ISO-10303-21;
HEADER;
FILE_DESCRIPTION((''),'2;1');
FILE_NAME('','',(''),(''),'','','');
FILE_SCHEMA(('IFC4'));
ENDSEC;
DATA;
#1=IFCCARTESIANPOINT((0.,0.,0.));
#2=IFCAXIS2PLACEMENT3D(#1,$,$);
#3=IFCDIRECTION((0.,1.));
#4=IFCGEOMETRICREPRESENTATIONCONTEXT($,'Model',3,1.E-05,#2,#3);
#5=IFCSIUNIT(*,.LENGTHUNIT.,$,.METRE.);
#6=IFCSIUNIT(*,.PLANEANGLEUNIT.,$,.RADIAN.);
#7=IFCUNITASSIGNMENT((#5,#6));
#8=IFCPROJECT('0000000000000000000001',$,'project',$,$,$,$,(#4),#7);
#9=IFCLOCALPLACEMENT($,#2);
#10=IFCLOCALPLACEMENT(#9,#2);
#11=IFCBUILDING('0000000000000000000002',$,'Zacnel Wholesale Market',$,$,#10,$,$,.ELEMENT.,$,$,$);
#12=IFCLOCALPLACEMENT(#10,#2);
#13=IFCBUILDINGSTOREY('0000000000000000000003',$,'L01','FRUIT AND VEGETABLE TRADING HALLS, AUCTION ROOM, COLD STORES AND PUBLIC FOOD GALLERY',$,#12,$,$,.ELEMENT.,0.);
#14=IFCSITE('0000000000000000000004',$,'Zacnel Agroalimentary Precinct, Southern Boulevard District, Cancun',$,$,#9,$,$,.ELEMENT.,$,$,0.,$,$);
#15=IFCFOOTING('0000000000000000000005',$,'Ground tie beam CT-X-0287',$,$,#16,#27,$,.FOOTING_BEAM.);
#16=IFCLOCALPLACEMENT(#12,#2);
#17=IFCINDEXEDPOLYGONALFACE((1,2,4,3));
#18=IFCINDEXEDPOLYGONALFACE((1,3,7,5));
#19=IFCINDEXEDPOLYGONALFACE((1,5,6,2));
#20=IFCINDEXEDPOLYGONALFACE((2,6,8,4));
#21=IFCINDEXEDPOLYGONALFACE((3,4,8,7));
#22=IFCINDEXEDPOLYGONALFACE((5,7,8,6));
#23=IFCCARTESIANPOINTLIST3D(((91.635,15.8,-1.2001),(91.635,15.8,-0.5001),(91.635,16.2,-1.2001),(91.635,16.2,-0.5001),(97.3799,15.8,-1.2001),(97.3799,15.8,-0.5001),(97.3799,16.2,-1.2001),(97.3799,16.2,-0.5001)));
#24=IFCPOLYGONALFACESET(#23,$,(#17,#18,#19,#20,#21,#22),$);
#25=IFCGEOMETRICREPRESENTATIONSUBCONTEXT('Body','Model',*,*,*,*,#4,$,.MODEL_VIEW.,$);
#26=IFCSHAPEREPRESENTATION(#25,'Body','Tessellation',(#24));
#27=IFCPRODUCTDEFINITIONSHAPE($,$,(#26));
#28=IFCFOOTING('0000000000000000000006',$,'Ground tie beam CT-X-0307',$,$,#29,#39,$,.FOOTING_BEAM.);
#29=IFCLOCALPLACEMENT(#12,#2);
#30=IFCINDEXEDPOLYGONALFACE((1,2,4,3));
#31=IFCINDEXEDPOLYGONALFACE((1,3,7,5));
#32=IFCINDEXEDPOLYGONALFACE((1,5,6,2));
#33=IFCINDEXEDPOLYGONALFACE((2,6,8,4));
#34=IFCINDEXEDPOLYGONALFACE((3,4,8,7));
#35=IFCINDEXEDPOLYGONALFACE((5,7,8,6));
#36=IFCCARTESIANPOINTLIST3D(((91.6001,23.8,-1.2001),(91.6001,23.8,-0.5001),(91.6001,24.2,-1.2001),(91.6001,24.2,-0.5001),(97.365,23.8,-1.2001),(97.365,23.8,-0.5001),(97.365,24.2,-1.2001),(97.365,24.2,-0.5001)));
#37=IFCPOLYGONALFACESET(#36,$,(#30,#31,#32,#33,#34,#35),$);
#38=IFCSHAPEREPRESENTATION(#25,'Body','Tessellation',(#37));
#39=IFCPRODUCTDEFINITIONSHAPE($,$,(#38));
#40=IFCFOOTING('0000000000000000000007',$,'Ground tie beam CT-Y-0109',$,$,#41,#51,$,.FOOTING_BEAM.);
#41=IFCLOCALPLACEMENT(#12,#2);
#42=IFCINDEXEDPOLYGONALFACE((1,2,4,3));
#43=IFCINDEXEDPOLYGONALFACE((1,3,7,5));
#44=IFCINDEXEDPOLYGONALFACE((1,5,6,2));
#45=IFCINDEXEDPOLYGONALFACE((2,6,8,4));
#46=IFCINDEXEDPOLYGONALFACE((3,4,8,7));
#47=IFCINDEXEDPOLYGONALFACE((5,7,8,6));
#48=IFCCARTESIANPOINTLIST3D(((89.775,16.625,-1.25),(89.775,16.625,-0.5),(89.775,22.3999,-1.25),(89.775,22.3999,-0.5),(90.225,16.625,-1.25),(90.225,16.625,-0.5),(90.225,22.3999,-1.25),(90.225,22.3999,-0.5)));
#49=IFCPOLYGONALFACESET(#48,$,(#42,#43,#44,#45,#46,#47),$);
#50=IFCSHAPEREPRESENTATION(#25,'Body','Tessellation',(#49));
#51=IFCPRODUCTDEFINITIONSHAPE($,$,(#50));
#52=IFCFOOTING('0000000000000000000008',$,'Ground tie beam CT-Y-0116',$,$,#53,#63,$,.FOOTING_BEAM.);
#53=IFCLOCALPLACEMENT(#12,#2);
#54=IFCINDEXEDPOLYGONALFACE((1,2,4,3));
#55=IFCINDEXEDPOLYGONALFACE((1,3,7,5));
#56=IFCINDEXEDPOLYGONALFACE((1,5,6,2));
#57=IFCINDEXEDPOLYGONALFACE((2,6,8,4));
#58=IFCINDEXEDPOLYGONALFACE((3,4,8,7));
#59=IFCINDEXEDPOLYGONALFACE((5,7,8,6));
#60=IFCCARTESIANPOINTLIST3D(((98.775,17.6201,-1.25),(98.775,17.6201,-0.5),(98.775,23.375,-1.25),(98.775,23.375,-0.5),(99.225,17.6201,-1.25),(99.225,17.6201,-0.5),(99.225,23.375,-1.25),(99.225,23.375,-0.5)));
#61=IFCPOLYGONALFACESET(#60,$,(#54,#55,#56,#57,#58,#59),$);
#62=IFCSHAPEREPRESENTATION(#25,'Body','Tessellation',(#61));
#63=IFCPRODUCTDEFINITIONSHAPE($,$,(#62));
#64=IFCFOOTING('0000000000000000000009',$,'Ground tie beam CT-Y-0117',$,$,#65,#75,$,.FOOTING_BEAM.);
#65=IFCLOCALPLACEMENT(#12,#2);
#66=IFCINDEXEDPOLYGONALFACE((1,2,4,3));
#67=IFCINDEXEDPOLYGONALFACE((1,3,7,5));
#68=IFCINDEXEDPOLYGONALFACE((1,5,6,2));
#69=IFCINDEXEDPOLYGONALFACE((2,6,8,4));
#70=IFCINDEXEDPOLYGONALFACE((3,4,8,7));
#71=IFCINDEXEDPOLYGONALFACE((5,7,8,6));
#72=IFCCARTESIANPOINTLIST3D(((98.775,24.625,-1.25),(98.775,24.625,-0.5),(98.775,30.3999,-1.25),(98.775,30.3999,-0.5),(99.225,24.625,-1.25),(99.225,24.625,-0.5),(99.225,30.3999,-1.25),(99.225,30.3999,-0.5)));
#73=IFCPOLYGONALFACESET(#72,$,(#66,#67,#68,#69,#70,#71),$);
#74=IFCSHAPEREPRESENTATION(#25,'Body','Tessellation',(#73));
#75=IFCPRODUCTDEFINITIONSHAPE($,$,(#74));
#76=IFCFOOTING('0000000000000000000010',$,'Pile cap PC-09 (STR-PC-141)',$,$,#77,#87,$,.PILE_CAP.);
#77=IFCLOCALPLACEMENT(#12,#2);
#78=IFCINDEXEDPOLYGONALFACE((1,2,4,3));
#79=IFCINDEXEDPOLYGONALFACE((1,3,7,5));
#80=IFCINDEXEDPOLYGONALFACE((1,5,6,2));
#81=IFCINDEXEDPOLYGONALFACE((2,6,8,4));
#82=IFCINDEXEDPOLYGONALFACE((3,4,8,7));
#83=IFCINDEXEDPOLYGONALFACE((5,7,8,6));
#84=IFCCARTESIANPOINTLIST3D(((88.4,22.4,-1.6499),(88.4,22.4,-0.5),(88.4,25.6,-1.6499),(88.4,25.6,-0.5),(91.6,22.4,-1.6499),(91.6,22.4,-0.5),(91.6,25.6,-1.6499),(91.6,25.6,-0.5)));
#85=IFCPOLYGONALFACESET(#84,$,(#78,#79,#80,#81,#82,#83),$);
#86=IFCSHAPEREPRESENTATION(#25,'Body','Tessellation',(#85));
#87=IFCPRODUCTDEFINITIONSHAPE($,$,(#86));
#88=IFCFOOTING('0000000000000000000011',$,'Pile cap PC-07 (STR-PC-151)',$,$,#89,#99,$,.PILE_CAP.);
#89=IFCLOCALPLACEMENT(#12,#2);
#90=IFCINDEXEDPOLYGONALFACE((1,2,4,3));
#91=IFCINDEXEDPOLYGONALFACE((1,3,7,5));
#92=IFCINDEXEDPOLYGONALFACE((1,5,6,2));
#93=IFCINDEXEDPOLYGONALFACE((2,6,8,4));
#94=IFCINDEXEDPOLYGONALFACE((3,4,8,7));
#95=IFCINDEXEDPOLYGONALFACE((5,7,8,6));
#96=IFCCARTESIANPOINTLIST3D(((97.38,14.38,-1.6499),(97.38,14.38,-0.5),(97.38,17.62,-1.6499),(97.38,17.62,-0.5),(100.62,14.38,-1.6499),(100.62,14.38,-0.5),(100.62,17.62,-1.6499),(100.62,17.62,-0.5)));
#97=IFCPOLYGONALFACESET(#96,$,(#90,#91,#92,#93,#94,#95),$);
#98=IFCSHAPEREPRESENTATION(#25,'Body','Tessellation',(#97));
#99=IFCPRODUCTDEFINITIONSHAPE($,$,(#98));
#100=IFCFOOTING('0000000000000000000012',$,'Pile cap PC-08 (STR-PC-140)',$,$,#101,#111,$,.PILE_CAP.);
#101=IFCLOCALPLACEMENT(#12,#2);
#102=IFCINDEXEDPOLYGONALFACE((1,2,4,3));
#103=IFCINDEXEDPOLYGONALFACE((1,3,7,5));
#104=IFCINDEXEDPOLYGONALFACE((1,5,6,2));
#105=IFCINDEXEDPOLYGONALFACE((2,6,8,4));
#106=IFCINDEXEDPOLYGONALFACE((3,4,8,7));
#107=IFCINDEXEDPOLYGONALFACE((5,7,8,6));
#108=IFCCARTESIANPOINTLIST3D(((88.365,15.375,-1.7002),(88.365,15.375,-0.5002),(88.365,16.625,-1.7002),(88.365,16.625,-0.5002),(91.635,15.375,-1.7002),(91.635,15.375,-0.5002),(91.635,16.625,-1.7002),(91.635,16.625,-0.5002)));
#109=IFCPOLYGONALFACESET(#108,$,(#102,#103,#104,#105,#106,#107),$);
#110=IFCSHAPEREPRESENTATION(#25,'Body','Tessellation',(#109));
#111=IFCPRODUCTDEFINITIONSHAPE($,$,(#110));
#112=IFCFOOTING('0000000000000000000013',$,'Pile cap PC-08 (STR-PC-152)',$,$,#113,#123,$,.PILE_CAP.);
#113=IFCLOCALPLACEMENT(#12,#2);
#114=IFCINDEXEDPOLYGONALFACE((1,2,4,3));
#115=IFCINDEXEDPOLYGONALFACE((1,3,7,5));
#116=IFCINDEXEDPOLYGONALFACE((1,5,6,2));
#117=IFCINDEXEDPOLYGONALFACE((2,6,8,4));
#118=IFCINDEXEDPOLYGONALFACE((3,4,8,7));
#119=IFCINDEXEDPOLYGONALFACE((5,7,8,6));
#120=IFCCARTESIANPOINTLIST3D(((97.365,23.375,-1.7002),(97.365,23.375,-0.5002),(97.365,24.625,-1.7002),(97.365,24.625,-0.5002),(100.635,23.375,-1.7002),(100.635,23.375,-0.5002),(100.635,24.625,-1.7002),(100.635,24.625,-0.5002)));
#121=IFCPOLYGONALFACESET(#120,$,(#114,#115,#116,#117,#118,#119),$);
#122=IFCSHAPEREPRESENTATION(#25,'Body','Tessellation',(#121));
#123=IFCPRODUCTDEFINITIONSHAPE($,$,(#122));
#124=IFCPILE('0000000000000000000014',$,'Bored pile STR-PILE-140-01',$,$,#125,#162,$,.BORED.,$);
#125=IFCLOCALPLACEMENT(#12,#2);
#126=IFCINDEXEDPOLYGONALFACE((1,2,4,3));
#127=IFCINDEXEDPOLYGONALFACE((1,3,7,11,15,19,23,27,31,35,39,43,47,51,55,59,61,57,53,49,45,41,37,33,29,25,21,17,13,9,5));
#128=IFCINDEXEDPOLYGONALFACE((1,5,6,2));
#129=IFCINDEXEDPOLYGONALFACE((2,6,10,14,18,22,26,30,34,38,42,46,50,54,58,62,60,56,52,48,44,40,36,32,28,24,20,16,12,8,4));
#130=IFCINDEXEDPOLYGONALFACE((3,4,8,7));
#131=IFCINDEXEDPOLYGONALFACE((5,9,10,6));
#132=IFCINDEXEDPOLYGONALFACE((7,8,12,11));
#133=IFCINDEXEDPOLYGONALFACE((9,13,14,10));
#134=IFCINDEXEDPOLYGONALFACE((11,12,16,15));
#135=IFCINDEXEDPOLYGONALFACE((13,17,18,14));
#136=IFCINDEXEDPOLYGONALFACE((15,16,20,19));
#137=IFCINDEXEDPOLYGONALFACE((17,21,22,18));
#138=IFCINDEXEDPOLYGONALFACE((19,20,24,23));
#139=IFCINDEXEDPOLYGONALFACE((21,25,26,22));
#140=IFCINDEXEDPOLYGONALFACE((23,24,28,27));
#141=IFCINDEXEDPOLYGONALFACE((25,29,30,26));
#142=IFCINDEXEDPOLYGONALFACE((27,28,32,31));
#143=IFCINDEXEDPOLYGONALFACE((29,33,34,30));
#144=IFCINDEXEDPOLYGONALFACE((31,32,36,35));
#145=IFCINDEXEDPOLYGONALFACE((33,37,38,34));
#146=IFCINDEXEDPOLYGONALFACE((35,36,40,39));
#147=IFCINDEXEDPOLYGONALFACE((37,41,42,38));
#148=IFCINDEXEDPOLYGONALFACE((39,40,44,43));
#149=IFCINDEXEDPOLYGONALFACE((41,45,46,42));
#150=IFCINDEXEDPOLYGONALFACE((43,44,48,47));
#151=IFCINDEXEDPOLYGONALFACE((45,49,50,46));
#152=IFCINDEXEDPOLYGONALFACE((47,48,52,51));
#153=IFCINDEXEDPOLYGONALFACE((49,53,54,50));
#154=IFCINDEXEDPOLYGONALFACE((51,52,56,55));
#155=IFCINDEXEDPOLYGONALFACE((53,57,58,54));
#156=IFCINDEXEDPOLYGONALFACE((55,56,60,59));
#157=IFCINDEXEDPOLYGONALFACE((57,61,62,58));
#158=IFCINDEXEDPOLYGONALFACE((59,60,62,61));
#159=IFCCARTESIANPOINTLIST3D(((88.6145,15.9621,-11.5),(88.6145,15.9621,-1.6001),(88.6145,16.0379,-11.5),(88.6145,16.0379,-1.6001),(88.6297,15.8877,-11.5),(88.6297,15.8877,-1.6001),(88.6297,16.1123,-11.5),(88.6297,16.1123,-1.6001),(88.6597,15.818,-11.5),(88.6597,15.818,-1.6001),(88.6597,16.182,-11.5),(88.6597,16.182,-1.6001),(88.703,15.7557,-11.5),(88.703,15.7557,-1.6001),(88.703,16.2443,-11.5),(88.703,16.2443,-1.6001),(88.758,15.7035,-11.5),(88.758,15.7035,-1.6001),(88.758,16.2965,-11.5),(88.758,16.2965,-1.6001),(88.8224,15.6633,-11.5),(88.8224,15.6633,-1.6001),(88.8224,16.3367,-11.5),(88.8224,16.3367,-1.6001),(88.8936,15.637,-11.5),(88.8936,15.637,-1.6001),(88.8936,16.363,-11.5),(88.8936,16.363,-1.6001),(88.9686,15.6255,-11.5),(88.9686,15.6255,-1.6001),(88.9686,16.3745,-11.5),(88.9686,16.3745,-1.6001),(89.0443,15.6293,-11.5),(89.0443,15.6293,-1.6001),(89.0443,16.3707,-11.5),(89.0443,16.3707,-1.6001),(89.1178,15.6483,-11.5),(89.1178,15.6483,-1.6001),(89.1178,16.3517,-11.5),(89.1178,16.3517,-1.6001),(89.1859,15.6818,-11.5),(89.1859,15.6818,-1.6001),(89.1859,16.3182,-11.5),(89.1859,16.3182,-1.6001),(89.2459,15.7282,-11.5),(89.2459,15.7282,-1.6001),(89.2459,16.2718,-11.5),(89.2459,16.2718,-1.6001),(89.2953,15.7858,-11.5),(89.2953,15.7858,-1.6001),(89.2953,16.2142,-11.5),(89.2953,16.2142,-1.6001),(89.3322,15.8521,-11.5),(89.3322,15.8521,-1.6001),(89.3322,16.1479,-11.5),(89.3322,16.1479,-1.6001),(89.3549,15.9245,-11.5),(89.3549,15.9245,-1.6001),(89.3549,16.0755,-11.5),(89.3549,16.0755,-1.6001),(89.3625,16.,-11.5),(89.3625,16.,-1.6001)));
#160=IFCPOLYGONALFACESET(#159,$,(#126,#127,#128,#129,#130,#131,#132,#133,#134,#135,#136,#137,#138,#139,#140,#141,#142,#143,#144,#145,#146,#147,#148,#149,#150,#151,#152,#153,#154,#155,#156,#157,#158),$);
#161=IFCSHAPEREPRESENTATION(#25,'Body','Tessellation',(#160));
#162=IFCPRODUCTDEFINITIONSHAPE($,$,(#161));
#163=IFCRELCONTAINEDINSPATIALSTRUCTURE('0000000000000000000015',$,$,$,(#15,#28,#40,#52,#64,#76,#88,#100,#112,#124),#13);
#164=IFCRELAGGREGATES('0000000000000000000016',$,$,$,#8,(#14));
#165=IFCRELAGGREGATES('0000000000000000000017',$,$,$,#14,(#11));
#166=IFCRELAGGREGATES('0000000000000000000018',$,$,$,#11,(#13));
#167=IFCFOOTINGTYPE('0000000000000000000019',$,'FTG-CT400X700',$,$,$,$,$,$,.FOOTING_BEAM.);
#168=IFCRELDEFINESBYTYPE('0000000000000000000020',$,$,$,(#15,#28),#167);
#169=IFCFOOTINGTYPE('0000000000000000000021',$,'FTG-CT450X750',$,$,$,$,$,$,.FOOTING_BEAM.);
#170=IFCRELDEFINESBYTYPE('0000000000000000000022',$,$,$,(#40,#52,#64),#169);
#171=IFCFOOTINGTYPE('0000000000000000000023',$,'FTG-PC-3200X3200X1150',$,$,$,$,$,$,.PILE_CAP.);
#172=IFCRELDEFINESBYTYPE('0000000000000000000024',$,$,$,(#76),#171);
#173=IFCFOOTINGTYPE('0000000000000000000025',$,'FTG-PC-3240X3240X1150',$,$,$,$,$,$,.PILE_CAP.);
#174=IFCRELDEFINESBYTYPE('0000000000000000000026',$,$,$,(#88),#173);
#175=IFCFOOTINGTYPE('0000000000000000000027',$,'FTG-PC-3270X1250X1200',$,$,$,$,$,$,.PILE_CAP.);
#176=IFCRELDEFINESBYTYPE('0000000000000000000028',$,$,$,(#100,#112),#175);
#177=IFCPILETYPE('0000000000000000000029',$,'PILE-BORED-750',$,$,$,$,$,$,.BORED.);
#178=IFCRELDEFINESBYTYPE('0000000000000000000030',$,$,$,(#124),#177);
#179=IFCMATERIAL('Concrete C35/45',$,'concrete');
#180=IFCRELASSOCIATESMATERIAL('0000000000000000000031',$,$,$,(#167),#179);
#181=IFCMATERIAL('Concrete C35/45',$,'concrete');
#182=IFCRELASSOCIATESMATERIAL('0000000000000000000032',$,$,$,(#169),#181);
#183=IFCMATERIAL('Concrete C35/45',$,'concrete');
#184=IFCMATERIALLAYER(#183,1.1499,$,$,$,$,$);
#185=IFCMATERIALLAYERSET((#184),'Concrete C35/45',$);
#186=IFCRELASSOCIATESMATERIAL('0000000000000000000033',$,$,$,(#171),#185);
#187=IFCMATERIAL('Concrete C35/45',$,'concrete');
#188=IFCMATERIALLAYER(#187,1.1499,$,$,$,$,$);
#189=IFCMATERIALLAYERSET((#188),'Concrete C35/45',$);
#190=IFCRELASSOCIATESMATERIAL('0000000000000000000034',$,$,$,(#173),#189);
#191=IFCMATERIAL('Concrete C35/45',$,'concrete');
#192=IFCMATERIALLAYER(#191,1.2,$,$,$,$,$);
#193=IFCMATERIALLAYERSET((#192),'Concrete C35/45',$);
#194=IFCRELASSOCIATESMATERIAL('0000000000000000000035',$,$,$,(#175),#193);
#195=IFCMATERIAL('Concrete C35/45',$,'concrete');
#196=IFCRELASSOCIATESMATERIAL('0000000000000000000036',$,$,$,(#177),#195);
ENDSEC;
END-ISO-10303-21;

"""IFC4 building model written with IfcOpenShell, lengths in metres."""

from ifc_helpers import new_model, si_unit, direction, frame, origin, origin_2d, place, context, subcontext, project, spatial, rectangle, circle, extrude, material, layer, layer_set, material_profile, profile_set, type_object, element, save


model = new_model("IFC4")

# Units and contexts
model_context = context("Model", 3, precision=1e-05, world=origin(), true_north=direction((0.0, 1.0)))
body_context = subcontext(model_context, "Body", "Model", "MODEL_VIEW")
ifc_project = project(units=[si_unit("LENGTHUNIT", "METRE"), si_unit("PLANEANGLEUNIT", "RADIAN")], contexts=[model_context])

# Site, building, storey
site_placement = place(None, origin())
site = spatial("IfcSite", under=ifc_project, at=site_placement, Name="Zacnel Agroalimentary Precinct, Southern Boulevard District, Cancun", CompositionType="ELEMENT", RefElevation=0.0)
building_placement = place(site_placement, origin())
building = spatial("IfcBuilding", under=site, at=building_placement, Name="Zacnel Wholesale Market", CompositionType="ELEMENT")
storey_placement = place(building_placement, origin())
storey = spatial("IfcBuildingStorey", under=building, at=storey_placement, Name="L01", Description="FRUIT AND VEGETABLE TRADING HALLS, AUCTION ROOM, COLD STORES AND PUBLIC FOOD GALLERY", CompositionType="ELEMENT", Elevation=0.0)

# Footings
ifc_material_1 = material(Name="Concrete C35/45", Category="concrete")
ifc_material_profile_1 = material_profile(ifc_material_1, rectangle(XDim=0.3999, YDim=0.7, at=origin_2d()), Name="CT 400x700")
ifc_profile_set_1 = profile_set([ifc_material_profile_1], Name="Concrete C35/45")
footing_type_1 = type_object("IfcFootingType", Name="FTG-CT400X700", PredefinedType="FOOTING_BEAM", material=ifc_profile_set_1)
footing_1_placement = place(storey_placement, frame((91.635, 16.0, -0.8501), z_axis=(1.0, 0.0, 0.0), x_axis=(0.0, 1.0, 0.0)))
element("IfcFooting", 1, at=footing_1_placement, inside=storey, type_object=footing_type_1, Name="Ground tie beam CT-X-0287", PredefinedType="FOOTING_BEAM", context=body_context, shape_type="SweptSolid", body=[
    extrude(rectangle(XDim=0.3999, YDim=0.7, at=origin_2d()), origin(), (0.0, 0.0, 1.0), 5.7449),
])
footing_2_placement = place(storey_placement, frame((91.6001, 24.0, -0.8501), z_axis=(1.0, 0.0, 0.0), x_axis=(0.0, 1.0, 0.0)))
element("IfcFooting", 2, at=footing_2_placement, inside=storey, type_object=footing_type_1, Name="Ground tie beam CT-X-0307", PredefinedType="FOOTING_BEAM", context=body_context, shape_type="SweptSolid", body=[
    extrude(rectangle(XDim=0.3999, YDim=0.7, at=origin_2d()), origin(), (0.0, 0.0, 1.0), 5.7649),
])
ifc_material_2 = material(Name="Concrete C35/45", Category="concrete")
ifc_material_profile_2 = material_profile(ifc_material_2, rectangle(XDim=0.45, YDim=0.75, at=origin_2d()), Name="CT 450x750")
ifc_profile_set_2 = profile_set([ifc_material_profile_2], Name="Concrete C35/45")
footing_type_2 = type_object("IfcFootingType", Name="FTG-CT450X750", PredefinedType="FOOTING_BEAM", material=ifc_profile_set_2)
footing_3_placement = place(storey_placement, frame((90.0, 16.625, -0.875), z_axis=(0.0, 1.0, 0.0), x_axis=(-1.0, 0.0, 0.0)))
element("IfcFooting", 3, at=footing_3_placement, inside=storey, type_object=footing_type_2, Name="Ground tie beam CT-Y-0109", PredefinedType="FOOTING_BEAM", context=body_context, shape_type="SweptSolid", body=[
    extrude(rectangle(XDim=0.45, YDim=0.75, at=origin_2d()), origin(), (0.0, 0.0, 1.0), 5.7749),
])
footing_4_placement = place(storey_placement, frame((99.0, 17.6201, -0.875), z_axis=(0.0, 1.0, 0.0), x_axis=(-1.0, 0.0, 0.0)))
element("IfcFooting", 4, at=footing_4_placement, inside=storey, type_object=footing_type_2, Name="Ground tie beam CT-Y-0116", PredefinedType="FOOTING_BEAM", context=body_context, shape_type="SweptSolid", body=[
    extrude(rectangle(XDim=0.45, YDim=0.75, at=origin_2d()), origin(), (0.0, 0.0, 1.0), 5.7549),
])
footing_5_placement = place(storey_placement, frame((99.0, 24.625, -0.875), z_axis=(0.0, 1.0, 0.0), x_axis=(-1.0, 0.0, 0.0)))
element("IfcFooting", 5, at=footing_5_placement, inside=storey, type_object=footing_type_2, Name="Ground tie beam CT-Y-0117", PredefinedType="FOOTING_BEAM", context=body_context, shape_type="SweptSolid", body=[
    extrude(rectangle(XDim=0.45, YDim=0.75, at=origin_2d()), origin(), (0.0, 0.0, 1.0), 5.7749),
])
ifc_material_3 = material(Name="Concrete C35/45", Category="concrete")
ifc_layer_1 = layer(ifc_material_3, 1.1499)
ifc_layer_set_1 = layer_set([ifc_layer_1], Name="Concrete C35/45")
footing_type_3 = type_object("IfcFootingType", Name="FTG-PC-3200X3200X1150", PredefinedType="PILE_CAP", material=ifc_layer_set_1)
footing_6_placement = place(storey_placement, frame((90.0, 24.0, -1.6499), z_axis=(0.0, 0.0, 1.0), x_axis=(1.0, 0.0, 0.0)))
element("IfcFooting", 6, at=footing_6_placement, inside=storey, type_object=footing_type_3, Name="Pile cap PC-09 (STR-PC-141)", PredefinedType="PILE_CAP", context=body_context, shape_type="SweptSolid", body=[
    extrude(rectangle(XDim=3.2, YDim=3.2, at=origin_2d()), origin(), (0.0, 0.0, 1.0), 1.1499),
])
ifc_material_4 = material(Name="Concrete C35/45", Category="concrete")
ifc_layer_2 = layer(ifc_material_4, 1.1499)
ifc_layer_set_2 = layer_set([ifc_layer_2], Name="Concrete C35/45")
footing_type_4 = type_object("IfcFootingType", Name="FTG-PC-3240X3240X1150", PredefinedType="PILE_CAP", material=ifc_layer_set_2)
footing_7_placement = place(storey_placement, frame((99.0, 16.0, -1.6499), z_axis=(0.0, 0.0, 1.0), x_axis=(1.0, 0.0, 0.0)))
element("IfcFooting", 7, at=footing_7_placement, inside=storey, type_object=footing_type_4, Name="Pile cap PC-07 (STR-PC-151)", PredefinedType="PILE_CAP", context=body_context, shape_type="SweptSolid", body=[
    extrude(rectangle(XDim=3.24, YDim=3.24, at=origin_2d()), origin(), (0.0, 0.0, 1.0), 1.1499),
])
ifc_material_5 = material(Name="Concrete C35/45", Category="concrete")
ifc_layer_3 = layer(ifc_material_5, 1.2)
ifc_layer_set_3 = layer_set([ifc_layer_3], Name="Concrete C35/45")
footing_type_5 = type_object("IfcFootingType", Name="FTG-PC-3270X1250X1200", PredefinedType="PILE_CAP", material=ifc_layer_set_3)
for number, where, z_axis, x_axis, name in (
    (8, (90.0, 16.0, -1.7002), (0.0, 0.0, 1.0), (1.0, 0.0, 0.0), "Pile cap PC-08 (STR-PC-140)"),
    (9, (99.0, 24.0, -1.7002), (0.0, 0.0, 1.0), (1.0, 0.0, 0.0), "Pile cap PC-08 (STR-PC-152)"),
):
    element("IfcFooting", number, at=place(storey_placement, frame(where, z_axis=z_axis, x_axis=x_axis)), inside=storey, type_object=footing_type_5, Name=name, PredefinedType="PILE_CAP", context=body_context, shape_type="SweptSolid", body=[
        extrude(rectangle(XDim=3.27, YDim=1.25, at=origin_2d()), origin(), (0.0, 0.0, 1.0), 1.2),
    ])

# Pile
ifc_material_6 = material(Name="Concrete C35/45", Category="concrete")
ifc_material_profile_3 = material_profile(ifc_material_6, circle(Radius=0.375, at=origin_2d()), Name="BORED PILE D750")
ifc_profile_set_3 = profile_set([ifc_material_profile_3], Name="Concrete C35/45")
pile_type = type_object("IfcPileType", Name="PILE-BORED-750", PredefinedType="BORED", material=ifc_profile_set_3)
for number, where, z_axis, x_axis, name in (
    (10, (88.9875, 16.0, -1.6001), (0.0, 0.0, -1.0), (1.0, 0.0, 0.0), "Bored pile STR-PILE-140-01"),
):
    element("IfcPile", number, at=place(storey_placement, frame(where, z_axis=z_axis, x_axis=x_axis)), inside=storey, type_object=pile_type, Name=name, PredefinedType="BORED", context=body_context, shape_type="SweptSolid", body=[
        extrude(circle(Radius=0.375, at=origin_2d()), origin(), (0.0, 0.0, 1.0), 9.8999),
    ])

save(model, "model.ifc")
